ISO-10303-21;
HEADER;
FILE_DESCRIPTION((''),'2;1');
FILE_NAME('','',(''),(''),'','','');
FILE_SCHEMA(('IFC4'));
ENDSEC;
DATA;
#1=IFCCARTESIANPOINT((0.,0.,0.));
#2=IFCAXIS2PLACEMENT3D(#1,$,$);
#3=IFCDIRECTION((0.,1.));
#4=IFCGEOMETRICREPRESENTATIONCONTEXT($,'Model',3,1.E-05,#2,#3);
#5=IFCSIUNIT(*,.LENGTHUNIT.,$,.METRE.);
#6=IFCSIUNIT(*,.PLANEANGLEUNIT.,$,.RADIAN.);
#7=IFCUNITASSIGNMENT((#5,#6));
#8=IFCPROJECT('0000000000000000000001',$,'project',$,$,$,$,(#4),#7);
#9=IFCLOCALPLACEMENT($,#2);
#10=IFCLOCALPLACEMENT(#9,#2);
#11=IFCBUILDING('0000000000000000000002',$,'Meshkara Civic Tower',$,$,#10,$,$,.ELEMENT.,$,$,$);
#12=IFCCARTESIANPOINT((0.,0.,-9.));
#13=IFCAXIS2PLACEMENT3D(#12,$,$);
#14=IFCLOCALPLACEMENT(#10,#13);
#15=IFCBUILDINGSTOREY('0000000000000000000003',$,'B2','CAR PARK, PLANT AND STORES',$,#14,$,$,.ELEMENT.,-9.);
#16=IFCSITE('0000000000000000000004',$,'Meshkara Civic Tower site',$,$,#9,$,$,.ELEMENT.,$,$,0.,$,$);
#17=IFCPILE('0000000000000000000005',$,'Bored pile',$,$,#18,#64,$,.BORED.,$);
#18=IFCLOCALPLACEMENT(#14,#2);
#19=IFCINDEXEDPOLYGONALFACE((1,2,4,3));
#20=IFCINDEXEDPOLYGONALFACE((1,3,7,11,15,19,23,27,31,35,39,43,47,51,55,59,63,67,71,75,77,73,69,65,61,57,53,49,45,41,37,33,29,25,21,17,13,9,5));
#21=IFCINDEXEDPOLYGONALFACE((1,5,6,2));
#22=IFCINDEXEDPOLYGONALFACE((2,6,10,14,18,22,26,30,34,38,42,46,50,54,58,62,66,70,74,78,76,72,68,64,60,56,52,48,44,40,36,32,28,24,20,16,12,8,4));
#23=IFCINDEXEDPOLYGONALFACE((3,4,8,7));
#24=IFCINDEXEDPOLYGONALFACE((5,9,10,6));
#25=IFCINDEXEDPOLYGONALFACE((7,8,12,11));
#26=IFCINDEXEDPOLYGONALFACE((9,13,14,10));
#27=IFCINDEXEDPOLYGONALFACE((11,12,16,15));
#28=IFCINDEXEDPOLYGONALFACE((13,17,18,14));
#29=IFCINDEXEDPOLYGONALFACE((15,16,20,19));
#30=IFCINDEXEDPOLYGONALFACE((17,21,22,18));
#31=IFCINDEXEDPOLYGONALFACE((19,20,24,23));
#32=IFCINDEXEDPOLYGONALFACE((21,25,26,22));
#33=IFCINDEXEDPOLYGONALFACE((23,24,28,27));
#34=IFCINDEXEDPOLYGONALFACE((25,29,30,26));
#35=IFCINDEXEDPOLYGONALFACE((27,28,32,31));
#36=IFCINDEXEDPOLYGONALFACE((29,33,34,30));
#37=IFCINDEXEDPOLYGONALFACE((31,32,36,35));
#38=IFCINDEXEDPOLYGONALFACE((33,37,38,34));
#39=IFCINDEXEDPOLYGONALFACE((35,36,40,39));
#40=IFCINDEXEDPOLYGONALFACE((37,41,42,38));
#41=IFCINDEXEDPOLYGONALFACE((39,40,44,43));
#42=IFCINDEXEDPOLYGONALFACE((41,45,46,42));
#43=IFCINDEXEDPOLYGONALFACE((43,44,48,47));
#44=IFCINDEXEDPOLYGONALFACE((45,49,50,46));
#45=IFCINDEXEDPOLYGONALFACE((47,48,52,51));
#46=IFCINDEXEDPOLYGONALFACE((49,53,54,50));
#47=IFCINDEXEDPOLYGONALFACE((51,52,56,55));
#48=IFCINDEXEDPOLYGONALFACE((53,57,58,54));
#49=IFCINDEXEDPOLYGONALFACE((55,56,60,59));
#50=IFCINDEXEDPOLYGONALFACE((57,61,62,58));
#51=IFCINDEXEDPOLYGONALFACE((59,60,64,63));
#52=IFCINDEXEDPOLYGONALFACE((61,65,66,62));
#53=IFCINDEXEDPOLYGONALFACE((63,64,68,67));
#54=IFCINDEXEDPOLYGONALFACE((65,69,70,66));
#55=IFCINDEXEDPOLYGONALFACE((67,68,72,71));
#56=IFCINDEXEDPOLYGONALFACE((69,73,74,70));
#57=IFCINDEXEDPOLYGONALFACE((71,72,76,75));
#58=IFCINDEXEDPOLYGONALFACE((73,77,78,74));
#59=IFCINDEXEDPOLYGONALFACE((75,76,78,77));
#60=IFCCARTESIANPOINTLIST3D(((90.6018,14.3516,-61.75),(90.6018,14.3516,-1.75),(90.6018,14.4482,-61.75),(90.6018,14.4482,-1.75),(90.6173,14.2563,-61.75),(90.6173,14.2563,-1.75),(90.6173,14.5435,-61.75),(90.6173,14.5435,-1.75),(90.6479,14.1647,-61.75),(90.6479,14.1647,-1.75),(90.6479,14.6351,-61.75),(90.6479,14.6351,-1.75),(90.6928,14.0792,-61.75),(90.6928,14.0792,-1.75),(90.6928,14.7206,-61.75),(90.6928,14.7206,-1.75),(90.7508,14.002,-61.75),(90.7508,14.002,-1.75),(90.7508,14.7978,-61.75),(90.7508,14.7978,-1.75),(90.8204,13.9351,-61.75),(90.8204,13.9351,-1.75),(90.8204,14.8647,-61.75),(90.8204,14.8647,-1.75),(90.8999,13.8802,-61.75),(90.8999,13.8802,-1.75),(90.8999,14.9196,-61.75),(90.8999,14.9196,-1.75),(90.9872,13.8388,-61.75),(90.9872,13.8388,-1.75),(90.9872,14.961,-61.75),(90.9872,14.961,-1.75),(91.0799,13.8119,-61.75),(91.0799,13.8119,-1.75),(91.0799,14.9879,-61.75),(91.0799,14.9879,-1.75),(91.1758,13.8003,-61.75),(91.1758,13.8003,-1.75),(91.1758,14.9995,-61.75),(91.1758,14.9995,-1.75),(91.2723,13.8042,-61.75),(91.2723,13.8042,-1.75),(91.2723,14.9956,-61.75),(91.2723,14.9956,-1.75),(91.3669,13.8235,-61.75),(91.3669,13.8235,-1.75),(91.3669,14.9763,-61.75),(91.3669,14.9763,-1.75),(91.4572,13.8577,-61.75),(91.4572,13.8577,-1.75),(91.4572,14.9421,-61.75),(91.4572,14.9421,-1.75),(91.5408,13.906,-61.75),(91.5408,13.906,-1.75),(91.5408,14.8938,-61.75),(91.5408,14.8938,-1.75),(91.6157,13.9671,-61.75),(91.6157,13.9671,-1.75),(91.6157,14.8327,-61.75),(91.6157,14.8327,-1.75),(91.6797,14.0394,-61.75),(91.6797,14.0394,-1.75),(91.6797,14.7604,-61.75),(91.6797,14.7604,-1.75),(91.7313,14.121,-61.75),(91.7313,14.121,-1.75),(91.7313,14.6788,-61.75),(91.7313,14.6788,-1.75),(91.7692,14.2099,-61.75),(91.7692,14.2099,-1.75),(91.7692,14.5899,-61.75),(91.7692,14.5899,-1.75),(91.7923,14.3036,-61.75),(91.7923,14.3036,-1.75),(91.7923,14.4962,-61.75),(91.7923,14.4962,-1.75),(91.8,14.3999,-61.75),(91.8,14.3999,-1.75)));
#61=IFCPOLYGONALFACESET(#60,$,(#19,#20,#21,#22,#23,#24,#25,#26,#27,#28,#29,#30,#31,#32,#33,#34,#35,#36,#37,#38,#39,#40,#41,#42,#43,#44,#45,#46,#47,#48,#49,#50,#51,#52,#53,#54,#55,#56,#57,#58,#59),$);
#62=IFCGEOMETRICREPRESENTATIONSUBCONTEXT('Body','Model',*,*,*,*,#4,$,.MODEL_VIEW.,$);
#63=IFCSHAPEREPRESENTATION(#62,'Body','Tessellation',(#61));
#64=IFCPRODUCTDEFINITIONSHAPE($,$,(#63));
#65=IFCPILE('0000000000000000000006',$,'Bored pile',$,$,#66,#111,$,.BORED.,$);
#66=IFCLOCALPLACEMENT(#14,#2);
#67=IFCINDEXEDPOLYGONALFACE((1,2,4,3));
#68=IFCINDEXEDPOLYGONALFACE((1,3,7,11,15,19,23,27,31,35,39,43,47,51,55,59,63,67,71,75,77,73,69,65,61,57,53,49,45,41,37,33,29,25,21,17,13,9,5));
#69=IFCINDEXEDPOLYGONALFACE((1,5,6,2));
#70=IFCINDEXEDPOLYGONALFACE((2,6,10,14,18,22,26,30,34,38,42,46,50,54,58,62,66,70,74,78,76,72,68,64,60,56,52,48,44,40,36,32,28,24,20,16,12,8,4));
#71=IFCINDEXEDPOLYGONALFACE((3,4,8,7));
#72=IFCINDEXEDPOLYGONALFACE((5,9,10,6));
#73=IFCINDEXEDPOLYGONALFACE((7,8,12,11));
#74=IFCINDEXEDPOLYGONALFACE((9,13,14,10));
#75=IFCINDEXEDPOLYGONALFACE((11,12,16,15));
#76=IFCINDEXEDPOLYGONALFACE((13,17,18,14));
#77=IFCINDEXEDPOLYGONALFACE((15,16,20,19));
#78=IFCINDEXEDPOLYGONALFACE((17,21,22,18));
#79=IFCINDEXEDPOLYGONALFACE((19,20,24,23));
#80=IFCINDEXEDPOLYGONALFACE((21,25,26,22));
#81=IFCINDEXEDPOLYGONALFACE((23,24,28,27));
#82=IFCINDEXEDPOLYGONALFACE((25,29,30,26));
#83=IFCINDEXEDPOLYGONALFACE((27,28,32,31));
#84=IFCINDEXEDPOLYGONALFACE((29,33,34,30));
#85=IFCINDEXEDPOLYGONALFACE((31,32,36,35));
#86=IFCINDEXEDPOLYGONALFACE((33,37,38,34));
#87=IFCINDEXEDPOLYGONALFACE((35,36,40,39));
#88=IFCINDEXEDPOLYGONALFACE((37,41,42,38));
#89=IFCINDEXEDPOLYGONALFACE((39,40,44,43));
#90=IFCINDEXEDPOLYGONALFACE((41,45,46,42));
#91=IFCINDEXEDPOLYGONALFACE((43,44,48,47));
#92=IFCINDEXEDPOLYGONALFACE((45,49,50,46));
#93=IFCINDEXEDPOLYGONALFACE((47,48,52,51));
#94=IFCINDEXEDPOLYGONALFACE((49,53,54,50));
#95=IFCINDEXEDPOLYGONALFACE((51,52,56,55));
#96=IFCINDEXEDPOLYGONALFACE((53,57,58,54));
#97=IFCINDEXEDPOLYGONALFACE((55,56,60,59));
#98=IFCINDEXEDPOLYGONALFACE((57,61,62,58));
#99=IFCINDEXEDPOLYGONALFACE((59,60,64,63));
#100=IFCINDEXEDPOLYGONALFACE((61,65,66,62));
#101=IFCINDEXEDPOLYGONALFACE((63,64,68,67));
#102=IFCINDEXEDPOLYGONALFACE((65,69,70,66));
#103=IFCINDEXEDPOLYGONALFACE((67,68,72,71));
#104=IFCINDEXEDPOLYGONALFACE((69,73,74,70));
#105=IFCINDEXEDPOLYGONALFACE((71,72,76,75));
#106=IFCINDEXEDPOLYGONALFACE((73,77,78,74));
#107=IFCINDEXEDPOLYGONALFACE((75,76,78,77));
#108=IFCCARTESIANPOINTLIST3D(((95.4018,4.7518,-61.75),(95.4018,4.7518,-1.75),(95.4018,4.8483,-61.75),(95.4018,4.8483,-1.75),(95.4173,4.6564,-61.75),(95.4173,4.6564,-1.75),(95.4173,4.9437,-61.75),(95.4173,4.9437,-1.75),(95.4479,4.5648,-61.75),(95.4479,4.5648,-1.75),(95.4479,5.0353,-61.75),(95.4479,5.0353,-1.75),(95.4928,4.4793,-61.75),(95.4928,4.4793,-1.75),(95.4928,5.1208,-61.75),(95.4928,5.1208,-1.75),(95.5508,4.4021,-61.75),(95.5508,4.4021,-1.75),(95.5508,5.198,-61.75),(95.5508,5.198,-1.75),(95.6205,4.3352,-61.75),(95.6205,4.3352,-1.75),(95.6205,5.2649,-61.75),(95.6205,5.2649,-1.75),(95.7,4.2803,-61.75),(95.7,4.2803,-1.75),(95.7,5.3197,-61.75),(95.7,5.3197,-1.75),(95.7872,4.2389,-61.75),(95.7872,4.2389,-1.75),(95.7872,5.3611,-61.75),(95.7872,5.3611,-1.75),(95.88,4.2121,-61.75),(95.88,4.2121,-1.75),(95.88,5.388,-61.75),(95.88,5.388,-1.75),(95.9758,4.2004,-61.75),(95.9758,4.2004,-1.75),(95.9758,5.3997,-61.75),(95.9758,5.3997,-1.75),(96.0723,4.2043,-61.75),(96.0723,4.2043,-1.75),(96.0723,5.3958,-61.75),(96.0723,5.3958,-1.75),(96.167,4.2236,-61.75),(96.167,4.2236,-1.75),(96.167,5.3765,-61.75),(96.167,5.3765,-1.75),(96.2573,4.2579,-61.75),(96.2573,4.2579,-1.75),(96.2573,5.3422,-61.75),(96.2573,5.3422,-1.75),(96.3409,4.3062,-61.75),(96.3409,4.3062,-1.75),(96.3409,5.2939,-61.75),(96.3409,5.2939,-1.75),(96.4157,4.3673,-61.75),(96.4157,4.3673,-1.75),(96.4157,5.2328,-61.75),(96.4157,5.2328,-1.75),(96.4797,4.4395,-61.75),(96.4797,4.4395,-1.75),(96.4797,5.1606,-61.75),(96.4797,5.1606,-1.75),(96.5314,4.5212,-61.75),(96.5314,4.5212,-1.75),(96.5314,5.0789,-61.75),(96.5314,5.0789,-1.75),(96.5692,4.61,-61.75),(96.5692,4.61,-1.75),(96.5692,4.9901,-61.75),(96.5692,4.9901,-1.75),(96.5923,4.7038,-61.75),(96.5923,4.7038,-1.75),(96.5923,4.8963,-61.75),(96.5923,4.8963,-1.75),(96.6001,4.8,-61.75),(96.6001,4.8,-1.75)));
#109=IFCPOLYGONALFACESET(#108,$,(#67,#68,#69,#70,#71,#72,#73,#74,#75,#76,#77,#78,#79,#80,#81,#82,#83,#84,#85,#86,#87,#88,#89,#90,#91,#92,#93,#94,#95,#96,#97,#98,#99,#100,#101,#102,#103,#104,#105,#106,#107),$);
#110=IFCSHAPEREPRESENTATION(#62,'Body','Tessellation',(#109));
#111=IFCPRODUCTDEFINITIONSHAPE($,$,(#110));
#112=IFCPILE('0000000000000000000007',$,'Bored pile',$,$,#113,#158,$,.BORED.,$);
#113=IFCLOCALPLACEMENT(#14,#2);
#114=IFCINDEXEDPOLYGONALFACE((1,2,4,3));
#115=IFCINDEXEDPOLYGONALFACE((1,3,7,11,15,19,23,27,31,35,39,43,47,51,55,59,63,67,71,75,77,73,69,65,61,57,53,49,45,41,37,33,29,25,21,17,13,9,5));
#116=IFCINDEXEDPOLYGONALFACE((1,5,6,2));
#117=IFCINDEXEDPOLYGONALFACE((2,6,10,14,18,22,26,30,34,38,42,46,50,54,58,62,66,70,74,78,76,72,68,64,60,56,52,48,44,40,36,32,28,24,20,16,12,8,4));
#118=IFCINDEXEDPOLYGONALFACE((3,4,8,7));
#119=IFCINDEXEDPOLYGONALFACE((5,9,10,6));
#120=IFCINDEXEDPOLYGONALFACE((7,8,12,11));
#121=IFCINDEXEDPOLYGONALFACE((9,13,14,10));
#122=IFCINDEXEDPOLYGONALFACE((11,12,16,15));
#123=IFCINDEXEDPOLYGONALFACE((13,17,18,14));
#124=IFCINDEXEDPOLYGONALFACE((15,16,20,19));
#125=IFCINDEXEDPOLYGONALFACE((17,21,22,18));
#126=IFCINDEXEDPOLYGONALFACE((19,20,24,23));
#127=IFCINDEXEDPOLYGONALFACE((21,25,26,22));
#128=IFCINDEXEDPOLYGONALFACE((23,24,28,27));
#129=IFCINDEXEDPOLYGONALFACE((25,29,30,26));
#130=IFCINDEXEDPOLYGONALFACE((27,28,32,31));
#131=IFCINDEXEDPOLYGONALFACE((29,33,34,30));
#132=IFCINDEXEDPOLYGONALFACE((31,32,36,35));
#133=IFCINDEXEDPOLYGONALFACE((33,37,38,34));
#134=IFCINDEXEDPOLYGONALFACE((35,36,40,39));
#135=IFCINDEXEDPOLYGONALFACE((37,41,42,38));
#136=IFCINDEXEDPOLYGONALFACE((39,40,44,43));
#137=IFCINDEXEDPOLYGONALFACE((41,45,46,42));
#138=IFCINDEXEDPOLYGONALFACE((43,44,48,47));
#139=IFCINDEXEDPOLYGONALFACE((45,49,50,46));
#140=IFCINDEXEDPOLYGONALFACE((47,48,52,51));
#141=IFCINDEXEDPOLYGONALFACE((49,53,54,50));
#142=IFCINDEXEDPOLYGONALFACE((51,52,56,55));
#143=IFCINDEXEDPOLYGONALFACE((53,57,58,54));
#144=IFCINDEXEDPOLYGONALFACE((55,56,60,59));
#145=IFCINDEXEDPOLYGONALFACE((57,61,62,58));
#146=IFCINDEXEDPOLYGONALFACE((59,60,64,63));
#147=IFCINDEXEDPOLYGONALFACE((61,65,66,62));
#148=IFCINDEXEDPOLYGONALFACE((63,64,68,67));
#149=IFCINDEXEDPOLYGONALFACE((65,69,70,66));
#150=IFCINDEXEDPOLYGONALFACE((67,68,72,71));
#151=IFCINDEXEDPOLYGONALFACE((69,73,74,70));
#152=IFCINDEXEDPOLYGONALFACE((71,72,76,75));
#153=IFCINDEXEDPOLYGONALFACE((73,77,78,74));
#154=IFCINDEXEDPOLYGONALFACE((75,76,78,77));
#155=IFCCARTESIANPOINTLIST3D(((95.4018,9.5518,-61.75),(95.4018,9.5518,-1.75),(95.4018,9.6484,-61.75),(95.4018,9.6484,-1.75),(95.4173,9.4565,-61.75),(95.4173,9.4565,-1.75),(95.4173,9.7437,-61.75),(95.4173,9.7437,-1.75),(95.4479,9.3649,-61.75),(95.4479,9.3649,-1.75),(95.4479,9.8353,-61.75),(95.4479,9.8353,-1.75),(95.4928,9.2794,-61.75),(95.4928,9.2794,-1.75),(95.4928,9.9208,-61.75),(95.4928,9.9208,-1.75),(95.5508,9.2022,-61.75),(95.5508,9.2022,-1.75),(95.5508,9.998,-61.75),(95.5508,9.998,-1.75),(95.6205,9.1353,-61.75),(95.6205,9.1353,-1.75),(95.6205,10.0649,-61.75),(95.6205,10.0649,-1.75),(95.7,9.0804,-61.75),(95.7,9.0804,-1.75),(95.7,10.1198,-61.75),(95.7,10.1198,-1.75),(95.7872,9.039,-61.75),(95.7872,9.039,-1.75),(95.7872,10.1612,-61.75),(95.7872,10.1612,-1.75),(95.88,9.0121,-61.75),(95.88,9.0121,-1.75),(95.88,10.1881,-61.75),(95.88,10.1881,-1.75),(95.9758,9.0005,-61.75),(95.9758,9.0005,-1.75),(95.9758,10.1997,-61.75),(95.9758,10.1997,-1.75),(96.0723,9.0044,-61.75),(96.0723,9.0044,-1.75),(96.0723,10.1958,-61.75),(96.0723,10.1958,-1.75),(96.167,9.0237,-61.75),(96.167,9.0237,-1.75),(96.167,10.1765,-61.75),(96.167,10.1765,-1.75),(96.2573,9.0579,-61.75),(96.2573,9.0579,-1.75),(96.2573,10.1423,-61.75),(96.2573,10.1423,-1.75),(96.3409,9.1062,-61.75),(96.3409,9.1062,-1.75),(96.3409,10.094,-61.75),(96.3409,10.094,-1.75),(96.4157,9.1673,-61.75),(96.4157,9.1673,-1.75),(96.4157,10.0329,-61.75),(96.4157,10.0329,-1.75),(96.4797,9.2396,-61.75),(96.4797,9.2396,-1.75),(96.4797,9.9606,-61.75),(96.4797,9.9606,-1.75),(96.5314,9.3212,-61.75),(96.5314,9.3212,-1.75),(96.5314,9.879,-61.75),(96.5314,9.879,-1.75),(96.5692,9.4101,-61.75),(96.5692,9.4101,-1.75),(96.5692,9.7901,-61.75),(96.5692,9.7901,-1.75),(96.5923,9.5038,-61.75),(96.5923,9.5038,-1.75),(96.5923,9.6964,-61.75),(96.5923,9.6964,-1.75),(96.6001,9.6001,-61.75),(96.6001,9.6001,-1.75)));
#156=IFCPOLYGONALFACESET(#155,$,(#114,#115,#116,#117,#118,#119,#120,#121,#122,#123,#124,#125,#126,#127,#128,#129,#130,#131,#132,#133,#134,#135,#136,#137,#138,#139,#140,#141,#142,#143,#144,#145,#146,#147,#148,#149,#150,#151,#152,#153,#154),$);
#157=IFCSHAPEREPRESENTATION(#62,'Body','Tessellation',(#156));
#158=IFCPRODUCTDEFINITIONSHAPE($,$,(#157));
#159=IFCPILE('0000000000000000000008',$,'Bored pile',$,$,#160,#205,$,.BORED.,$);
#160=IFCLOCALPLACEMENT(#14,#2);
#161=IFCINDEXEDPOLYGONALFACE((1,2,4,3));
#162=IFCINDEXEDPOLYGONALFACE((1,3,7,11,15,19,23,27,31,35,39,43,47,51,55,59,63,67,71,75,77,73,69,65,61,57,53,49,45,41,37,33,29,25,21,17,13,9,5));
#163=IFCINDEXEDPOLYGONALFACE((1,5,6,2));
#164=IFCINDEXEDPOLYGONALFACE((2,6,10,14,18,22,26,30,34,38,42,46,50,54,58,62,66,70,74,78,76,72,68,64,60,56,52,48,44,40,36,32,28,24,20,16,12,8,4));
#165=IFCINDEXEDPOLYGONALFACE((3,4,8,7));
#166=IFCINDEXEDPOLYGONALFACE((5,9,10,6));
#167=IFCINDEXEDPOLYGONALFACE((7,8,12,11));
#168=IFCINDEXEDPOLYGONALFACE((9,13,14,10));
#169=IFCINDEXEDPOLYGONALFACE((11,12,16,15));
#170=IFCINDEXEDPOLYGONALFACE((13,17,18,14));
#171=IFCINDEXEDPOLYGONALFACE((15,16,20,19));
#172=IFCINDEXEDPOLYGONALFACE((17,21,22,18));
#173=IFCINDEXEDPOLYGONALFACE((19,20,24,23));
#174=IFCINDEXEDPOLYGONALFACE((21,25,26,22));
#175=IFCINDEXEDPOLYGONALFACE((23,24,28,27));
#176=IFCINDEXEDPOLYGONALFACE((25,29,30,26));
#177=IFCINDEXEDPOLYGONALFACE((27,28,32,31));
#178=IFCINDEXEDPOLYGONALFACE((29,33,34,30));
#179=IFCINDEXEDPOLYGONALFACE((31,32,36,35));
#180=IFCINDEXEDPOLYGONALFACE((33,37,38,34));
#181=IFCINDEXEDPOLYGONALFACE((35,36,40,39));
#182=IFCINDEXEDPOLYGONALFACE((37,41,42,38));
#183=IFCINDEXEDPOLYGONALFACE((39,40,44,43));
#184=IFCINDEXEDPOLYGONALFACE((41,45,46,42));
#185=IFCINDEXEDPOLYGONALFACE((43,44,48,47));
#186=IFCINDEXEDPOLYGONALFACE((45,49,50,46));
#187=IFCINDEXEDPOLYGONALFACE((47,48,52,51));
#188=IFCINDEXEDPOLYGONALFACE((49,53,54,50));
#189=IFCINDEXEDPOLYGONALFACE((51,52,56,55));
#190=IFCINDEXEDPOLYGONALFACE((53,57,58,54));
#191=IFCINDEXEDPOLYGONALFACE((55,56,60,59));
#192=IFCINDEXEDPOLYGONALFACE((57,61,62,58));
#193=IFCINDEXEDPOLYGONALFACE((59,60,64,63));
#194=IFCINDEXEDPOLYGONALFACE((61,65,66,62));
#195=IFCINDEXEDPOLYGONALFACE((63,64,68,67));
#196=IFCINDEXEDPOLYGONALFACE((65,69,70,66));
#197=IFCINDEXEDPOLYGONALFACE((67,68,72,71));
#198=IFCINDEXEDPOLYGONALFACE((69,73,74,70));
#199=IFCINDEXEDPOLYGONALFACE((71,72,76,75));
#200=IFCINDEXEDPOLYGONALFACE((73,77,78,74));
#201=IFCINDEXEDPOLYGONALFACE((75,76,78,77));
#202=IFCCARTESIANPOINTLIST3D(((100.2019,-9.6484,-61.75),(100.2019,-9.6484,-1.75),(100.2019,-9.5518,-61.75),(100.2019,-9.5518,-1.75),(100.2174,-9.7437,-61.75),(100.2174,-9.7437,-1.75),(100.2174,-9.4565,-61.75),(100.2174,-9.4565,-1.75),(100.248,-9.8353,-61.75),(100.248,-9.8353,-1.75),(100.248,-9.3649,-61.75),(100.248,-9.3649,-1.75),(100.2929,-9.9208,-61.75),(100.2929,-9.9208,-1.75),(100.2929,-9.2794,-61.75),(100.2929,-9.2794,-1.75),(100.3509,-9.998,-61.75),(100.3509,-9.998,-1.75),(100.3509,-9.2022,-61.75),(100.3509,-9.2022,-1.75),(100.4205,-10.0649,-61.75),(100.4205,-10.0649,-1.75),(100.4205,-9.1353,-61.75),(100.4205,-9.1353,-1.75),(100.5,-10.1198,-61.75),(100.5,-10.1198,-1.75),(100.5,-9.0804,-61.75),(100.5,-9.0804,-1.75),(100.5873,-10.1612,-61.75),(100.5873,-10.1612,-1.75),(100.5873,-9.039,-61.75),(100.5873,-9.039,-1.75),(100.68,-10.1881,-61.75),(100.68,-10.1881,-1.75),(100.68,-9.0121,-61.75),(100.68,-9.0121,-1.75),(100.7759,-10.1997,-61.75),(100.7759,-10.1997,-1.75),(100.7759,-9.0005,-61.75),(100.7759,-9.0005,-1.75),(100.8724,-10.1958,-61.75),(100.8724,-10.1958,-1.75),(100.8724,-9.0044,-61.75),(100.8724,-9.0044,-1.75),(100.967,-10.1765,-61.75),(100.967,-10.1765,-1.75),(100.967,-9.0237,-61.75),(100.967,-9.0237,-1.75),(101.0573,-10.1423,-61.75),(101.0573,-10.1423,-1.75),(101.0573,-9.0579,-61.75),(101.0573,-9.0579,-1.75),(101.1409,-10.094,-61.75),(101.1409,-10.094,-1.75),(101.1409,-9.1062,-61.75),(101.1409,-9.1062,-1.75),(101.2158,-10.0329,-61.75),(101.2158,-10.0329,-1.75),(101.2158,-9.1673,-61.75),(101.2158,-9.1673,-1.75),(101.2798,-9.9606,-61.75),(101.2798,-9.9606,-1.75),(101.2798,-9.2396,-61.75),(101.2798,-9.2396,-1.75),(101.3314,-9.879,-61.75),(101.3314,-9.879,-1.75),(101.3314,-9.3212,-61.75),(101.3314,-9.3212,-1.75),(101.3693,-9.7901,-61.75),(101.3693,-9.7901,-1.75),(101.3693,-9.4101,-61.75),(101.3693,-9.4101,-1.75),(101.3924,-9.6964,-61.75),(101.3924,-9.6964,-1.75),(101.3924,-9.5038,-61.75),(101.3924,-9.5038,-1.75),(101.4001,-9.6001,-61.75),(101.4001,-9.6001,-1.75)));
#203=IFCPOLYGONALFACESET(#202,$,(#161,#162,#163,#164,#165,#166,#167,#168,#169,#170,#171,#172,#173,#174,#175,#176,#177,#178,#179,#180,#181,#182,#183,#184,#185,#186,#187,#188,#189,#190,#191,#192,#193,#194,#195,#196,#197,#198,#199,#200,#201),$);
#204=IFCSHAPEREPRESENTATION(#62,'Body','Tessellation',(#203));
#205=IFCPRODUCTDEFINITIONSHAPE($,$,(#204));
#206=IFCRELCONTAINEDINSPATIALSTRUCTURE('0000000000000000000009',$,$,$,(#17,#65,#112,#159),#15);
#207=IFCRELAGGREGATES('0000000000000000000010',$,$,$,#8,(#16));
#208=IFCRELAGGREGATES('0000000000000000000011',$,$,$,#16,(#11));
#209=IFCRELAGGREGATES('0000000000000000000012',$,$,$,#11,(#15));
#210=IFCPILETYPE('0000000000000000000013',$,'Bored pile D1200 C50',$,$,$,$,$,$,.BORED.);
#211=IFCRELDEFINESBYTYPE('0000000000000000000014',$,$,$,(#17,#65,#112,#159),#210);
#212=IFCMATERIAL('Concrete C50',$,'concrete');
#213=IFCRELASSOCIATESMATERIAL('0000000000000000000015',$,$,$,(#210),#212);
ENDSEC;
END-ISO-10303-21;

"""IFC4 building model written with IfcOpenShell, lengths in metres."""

from ifc_helpers import new_model, si_unit, direction, frame, origin, origin_2d, place, context, subcontext, project, spatial, circle, extrude, material, material_profile, profile_set, type_object, element, save


model = new_model("IFC4")

# Units and contexts
model_context = context("Model", 3, precision=1e-05, world=origin(), true_north=direction((0.0, 1.0)))
body_context = subcontext(model_context, "Body", "Model", "MODEL_VIEW")
ifc_project = project(units=[si_unit("LENGTHUNIT", "METRE"), si_unit("PLANEANGLEUNIT", "RADIAN")], contexts=[model_context])

# Site, building, storey
site_placement = place(None, origin())
site = spatial("IfcSite", under=ifc_project, at=site_placement, Name="Meshkara Civic Tower site", CompositionType="ELEMENT", RefElevation=0.0)
building_placement = place(site_placement, origin())
building = spatial("IfcBuilding", under=site, at=building_placement, Name="Meshkara Civic Tower", CompositionType="ELEMENT")
storey_placement = place(building_placement, frame((0.0, 0.0, -9.0)))
storey = spatial("IfcBuildingStorey", under=building, at=storey_placement, Name="B2", Description="CAR PARK, PLANT AND STORES", CompositionType="ELEMENT", Elevation=-9.0)

# Piles
ifc_material_1 = material(Name="Concrete C50", Category="concrete")
ifc_material_profile_1 = material_profile(ifc_material_1, circle(Radius=0.6001, at=origin_2d()))
ifc_profile_set_1 = profile_set([ifc_material_profile_1], Name="Concrete C50")
pile_type = type_object("IfcPileType", Name="Bored pile D1200 C50", PredefinedType="BORED", material=ifc_profile_set_1)
for number, where, z_axis, x_axis, name in (
    (1, (91.2, 14.3999, -1.75), (0.0, 0.0, -1.0), (1.0, 0.0, 0.0), "Bored pile"),
    (2, (96.0, 4.8, -1.75), (0.0, 0.0, -1.0), (1.0, 0.0, 0.0), "Bored pile"),
    (3, (96.0, 9.6001, -1.75), (0.0, 0.0, -1.0), (1.0, 0.0, 0.0), "Bored pile"),
    (4, (100.8, -9.6001, -1.75), (0.0, 0.0, -1.0), (1.0, 0.0, 0.0), "Bored pile"),
):
    element("IfcPile", number, at=place(storey_placement, frame(where, z_axis=z_axis, x_axis=x_axis)), inside=storey, type_object=pile_type, Name=name, PredefinedType="BORED", context=body_context, shape_type="SweptSolid", body=[
        extrude(circle(Radius=0.6001, at=origin_2d()), origin(), (0.0, 0.0, 1.0), 60.0),
    ])

save(model, "model.ifc")
